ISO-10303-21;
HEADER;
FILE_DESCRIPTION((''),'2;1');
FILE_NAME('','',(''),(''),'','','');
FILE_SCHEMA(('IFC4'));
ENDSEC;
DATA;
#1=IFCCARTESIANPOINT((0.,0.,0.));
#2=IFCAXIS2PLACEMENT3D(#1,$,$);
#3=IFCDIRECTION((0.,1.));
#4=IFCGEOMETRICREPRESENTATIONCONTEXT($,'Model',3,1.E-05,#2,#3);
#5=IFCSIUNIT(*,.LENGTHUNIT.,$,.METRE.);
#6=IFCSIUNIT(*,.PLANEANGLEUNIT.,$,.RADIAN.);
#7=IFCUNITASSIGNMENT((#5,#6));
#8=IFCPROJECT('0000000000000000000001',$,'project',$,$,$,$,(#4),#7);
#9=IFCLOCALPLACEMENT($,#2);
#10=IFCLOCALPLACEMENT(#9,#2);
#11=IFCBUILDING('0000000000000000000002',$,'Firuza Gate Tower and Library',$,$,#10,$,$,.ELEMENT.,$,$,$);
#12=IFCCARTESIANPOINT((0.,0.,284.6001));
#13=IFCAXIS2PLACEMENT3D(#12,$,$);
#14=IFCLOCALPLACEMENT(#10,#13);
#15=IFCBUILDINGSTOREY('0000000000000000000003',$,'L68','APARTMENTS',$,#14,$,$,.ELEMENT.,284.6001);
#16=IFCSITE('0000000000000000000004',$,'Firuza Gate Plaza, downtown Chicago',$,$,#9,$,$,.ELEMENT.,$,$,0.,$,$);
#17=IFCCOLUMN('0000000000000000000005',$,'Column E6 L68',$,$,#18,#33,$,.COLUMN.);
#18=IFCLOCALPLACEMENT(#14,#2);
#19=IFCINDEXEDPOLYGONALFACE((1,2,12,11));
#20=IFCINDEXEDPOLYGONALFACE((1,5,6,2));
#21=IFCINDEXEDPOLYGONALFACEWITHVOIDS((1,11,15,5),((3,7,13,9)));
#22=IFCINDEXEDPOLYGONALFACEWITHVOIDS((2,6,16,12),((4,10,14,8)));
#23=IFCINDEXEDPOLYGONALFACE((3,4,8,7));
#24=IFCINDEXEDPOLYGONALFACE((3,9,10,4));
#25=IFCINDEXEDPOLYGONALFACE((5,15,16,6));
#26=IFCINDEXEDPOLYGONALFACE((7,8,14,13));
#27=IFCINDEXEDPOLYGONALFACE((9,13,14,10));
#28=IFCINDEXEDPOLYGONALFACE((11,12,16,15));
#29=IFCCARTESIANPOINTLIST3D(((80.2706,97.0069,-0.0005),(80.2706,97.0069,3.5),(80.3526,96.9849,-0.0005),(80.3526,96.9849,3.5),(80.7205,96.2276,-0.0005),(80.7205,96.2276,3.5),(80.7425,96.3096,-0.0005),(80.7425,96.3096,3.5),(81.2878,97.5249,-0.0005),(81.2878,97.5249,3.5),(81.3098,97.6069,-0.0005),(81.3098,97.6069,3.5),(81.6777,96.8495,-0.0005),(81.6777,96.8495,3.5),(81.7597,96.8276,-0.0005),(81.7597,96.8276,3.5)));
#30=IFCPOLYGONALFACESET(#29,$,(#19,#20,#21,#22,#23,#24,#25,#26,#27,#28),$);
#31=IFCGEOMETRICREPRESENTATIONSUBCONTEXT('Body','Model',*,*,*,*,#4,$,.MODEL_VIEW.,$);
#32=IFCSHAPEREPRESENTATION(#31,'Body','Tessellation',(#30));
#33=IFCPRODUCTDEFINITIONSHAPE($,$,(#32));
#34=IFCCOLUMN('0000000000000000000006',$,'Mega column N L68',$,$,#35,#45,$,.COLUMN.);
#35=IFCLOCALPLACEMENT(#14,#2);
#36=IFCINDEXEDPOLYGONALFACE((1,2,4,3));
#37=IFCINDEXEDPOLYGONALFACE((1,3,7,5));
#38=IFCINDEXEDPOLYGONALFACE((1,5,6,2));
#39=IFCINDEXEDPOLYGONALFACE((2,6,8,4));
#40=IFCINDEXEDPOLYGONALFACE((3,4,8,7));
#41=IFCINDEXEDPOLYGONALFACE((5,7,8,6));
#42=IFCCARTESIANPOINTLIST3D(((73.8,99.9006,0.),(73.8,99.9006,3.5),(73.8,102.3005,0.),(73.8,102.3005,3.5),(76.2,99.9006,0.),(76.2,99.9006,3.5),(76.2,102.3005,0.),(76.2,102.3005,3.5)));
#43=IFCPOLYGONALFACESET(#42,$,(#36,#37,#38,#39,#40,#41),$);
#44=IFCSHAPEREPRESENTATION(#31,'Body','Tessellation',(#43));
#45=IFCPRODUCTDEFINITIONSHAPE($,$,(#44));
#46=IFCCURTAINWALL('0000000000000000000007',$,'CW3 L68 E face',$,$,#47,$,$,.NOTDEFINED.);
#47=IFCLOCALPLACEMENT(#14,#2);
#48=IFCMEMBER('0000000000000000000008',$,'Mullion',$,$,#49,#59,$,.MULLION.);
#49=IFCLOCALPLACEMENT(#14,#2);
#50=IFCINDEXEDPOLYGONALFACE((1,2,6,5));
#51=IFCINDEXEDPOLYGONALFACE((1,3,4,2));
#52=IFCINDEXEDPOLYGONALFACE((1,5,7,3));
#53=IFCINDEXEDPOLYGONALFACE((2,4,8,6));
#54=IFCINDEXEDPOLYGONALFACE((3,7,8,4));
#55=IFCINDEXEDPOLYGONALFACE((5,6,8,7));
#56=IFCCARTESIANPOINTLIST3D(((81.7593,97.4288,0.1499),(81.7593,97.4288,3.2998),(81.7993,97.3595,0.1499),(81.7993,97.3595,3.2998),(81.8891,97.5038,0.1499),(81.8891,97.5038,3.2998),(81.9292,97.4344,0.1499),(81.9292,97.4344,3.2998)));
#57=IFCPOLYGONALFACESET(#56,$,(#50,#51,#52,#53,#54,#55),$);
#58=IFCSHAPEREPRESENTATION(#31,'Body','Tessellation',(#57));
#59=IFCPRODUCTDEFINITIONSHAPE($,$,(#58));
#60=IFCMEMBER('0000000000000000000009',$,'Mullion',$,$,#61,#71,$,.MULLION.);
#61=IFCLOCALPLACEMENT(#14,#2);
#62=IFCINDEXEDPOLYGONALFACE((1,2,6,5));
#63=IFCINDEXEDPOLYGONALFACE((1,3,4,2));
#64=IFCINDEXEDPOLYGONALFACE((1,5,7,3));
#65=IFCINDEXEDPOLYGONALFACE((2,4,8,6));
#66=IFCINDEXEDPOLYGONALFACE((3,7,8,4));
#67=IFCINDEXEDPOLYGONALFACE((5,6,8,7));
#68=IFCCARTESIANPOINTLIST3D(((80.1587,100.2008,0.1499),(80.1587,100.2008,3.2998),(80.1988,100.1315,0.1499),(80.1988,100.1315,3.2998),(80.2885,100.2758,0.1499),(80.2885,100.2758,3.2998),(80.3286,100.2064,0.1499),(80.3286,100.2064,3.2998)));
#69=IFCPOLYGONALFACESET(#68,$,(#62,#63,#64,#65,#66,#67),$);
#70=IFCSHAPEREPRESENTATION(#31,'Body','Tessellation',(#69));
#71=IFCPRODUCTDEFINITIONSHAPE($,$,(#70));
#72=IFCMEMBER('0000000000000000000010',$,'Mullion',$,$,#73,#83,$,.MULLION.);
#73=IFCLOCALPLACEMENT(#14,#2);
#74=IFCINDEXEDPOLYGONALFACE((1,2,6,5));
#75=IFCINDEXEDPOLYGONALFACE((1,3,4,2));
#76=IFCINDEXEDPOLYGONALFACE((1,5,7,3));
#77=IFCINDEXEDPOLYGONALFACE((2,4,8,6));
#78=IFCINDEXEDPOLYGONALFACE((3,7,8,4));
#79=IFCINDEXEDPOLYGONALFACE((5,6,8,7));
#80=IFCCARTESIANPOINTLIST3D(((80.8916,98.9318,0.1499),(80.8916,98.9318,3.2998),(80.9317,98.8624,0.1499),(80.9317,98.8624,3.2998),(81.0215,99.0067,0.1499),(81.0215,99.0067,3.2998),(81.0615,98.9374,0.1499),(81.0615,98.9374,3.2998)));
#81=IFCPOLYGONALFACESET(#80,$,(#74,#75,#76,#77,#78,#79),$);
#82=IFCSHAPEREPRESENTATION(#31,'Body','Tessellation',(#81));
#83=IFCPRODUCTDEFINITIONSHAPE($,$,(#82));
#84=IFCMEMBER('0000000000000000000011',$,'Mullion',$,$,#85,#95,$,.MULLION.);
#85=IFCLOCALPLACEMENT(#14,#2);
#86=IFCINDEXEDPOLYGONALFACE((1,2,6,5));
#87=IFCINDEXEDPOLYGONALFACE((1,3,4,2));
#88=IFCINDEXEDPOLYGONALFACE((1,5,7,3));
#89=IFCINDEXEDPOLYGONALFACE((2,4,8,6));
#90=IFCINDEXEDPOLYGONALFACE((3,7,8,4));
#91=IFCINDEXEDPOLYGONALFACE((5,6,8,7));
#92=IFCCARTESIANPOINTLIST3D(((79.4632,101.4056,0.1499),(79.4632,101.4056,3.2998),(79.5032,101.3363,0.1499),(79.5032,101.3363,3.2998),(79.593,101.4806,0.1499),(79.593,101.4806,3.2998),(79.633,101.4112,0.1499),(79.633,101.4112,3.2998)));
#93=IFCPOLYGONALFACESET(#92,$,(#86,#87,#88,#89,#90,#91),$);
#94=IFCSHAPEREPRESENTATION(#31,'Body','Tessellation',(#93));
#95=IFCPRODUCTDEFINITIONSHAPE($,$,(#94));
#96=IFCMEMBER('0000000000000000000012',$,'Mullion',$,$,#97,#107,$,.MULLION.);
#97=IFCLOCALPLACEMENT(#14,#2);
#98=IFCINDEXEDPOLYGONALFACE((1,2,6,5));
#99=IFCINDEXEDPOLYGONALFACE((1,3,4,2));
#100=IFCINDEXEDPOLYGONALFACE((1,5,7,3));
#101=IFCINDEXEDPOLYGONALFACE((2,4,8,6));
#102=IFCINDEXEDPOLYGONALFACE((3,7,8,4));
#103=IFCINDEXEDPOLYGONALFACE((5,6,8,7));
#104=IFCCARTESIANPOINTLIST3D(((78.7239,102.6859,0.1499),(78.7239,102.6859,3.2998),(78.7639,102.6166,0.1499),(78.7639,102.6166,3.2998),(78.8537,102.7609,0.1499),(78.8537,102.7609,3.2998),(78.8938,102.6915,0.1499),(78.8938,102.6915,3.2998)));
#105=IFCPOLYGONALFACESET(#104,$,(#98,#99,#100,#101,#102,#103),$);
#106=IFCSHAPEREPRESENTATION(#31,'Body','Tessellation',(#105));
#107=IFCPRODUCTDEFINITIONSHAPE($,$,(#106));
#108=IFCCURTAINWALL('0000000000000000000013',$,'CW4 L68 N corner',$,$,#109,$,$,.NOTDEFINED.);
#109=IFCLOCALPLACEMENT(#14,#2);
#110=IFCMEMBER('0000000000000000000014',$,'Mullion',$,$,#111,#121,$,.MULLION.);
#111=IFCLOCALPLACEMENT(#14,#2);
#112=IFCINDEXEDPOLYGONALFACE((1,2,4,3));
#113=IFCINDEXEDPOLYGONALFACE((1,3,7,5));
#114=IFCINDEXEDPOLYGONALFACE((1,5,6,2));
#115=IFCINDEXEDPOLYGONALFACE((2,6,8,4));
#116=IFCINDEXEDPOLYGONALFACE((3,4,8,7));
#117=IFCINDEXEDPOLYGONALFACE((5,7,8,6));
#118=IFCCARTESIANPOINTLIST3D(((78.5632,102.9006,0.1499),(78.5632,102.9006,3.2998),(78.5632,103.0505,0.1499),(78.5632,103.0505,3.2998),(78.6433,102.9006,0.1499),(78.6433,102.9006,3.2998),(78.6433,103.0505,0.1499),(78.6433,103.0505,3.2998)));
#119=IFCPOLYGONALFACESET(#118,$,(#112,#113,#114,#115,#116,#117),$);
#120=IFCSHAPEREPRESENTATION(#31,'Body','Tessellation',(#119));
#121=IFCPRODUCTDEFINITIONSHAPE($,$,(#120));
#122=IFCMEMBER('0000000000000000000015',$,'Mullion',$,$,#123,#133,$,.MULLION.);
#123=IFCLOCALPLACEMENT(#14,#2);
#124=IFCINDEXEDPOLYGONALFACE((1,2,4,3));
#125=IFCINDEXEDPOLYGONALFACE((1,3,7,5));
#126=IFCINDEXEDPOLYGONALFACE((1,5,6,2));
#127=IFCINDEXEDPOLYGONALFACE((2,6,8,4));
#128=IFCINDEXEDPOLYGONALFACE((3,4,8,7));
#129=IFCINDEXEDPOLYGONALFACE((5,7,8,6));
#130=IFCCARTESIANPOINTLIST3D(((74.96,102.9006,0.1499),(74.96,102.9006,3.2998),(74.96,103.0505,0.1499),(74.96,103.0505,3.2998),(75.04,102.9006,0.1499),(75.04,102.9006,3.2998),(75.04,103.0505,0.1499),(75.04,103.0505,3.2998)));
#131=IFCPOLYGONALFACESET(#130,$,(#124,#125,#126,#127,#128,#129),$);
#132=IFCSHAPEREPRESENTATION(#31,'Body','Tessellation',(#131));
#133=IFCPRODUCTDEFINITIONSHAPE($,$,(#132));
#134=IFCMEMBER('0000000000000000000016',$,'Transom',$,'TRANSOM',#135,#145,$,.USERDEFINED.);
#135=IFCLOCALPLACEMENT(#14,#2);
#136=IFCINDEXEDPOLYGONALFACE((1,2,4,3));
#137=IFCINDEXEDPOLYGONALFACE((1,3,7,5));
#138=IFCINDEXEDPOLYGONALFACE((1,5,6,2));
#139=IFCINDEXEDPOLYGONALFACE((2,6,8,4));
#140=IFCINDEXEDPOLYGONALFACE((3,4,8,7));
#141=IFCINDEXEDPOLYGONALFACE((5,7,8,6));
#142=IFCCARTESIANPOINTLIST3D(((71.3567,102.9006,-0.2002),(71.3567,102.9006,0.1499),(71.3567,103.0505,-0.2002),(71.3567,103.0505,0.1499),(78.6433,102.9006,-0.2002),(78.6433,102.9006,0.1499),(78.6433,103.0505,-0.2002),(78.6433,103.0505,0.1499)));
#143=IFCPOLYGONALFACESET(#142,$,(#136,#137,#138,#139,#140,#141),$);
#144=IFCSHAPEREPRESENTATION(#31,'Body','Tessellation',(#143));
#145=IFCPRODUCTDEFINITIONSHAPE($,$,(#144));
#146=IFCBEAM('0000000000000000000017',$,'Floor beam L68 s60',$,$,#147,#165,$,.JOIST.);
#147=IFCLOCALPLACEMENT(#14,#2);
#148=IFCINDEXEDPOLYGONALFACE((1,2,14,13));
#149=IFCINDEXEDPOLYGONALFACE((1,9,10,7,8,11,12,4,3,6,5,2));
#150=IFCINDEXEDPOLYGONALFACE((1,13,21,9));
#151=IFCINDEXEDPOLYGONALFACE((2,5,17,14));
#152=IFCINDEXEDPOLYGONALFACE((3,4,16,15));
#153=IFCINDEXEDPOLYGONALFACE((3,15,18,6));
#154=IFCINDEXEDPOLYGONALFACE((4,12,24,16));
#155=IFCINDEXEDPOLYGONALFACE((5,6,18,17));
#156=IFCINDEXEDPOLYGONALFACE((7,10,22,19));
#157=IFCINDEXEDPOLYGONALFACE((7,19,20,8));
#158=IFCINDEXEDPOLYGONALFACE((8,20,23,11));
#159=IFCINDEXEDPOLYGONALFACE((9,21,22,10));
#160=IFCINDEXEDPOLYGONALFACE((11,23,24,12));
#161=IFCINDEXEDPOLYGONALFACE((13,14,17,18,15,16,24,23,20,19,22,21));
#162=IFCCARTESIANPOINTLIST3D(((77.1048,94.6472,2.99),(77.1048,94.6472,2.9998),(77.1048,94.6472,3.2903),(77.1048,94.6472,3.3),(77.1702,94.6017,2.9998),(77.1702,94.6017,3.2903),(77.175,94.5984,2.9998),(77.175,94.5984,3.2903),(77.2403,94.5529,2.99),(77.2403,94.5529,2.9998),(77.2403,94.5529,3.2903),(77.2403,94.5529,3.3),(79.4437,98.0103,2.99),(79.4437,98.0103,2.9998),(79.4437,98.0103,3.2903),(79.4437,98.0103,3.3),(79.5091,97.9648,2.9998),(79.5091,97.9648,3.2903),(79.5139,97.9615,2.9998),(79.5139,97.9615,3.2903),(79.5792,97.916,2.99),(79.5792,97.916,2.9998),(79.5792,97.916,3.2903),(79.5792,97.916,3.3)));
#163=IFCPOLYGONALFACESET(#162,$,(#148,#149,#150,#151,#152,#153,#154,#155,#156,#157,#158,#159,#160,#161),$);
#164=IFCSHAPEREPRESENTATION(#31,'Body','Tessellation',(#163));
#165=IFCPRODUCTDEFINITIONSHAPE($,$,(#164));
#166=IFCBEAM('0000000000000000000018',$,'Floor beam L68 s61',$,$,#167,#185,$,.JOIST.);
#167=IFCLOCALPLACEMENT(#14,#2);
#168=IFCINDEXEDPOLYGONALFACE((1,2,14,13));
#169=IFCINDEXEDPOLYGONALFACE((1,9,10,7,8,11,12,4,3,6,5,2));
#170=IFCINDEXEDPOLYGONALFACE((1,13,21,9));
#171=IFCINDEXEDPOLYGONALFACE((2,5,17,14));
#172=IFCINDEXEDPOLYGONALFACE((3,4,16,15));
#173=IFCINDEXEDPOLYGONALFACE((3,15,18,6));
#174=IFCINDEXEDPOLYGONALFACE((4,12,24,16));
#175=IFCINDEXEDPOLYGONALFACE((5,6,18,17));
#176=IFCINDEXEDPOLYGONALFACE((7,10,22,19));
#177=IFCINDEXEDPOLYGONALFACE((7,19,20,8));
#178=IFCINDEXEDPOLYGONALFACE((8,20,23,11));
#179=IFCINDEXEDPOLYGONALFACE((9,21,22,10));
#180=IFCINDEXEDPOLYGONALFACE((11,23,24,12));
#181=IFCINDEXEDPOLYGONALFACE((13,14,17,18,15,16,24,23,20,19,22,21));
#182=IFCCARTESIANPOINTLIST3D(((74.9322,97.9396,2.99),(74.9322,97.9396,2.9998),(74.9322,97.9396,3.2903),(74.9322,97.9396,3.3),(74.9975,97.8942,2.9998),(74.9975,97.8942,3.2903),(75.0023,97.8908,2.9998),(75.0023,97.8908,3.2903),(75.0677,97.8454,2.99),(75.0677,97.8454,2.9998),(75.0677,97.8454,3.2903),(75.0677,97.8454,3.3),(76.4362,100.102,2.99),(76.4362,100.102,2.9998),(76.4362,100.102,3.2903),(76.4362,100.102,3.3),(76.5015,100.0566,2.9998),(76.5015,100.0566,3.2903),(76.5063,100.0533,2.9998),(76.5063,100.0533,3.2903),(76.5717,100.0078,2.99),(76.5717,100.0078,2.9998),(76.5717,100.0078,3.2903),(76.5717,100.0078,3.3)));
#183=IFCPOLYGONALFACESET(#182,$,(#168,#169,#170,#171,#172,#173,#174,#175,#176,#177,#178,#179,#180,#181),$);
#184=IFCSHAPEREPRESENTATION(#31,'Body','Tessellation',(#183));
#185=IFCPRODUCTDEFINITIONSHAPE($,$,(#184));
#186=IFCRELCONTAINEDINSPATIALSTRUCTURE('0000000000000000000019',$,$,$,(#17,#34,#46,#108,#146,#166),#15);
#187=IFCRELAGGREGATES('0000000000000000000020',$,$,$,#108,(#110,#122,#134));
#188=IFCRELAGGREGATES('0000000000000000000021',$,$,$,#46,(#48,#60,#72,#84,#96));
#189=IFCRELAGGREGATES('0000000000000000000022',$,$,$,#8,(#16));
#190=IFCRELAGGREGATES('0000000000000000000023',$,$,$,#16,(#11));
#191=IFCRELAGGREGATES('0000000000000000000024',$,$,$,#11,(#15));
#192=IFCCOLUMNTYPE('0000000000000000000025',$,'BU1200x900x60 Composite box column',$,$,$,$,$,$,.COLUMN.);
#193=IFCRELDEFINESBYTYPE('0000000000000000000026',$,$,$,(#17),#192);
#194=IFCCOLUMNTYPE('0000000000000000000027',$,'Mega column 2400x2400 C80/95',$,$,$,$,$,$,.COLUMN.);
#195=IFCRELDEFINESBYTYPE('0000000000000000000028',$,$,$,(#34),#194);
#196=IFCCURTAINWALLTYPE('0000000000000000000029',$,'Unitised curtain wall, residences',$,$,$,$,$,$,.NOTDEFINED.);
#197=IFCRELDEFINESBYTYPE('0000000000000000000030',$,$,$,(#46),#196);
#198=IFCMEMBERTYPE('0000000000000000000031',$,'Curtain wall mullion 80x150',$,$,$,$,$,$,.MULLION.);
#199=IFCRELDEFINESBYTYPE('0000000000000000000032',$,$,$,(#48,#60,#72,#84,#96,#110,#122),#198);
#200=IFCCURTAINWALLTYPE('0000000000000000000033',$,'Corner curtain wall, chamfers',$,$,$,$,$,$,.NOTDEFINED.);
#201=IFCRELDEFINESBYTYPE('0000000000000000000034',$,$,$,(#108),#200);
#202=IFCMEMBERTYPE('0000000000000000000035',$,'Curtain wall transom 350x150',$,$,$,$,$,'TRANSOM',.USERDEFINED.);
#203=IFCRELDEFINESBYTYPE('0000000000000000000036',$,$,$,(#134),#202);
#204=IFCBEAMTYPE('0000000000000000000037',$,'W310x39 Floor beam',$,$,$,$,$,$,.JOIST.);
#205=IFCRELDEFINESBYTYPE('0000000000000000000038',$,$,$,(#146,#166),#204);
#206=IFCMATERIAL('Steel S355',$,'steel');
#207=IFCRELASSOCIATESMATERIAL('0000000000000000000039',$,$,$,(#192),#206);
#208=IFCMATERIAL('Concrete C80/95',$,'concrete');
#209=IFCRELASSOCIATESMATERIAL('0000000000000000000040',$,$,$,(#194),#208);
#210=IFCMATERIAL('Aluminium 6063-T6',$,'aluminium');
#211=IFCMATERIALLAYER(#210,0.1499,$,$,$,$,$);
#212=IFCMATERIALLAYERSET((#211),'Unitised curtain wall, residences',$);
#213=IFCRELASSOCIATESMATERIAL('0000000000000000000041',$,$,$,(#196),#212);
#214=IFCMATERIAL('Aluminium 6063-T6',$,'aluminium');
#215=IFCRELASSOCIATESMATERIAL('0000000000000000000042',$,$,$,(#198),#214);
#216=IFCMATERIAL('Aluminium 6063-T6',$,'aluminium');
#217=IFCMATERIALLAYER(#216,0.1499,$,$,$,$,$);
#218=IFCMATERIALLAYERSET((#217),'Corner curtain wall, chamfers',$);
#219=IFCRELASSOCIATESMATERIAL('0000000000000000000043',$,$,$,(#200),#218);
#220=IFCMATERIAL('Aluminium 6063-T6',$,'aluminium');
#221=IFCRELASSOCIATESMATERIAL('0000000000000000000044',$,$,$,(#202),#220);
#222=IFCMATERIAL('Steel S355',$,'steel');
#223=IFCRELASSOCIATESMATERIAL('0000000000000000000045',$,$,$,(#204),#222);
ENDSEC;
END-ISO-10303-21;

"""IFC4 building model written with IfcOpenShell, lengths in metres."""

from ifc_helpers import new_model, si_unit, direction, frame, origin, origin_2d, place, context, subcontext, project, spatial, rectangle, hollow_rectangle, i_section, extrude, material, layer, layer_set, material_profile, profile_set, type_object, element, aggregate, save


model = new_model("IFC4")

# Units and contexts
model_context = context("Model", 3, precision=1e-05, world=origin(), true_north=direction((0.0, 1.0)))
body_context = subcontext(model_context, "Body", "Model", "MODEL_VIEW")
ifc_project = project(units=[si_unit("LENGTHUNIT", "METRE"), si_unit("PLANEANGLEUNIT", "RADIAN")], contexts=[model_context])

# Site, building, storey
site_placement = place(None, origin())
site = spatial("IfcSite", under=ifc_project, at=site_placement, Name="Firuza Gate Plaza, downtown Chicago", CompositionType="ELEMENT", RefElevation=0.0)
building_placement = place(site_placement, origin())
building = spatial("IfcBuilding", under=site, at=building_placement, Name="Firuza Gate Tower and Library", CompositionType="ELEMENT")
storey_placement = place(building_placement, frame((0.0, 0.0, 284.6001)))
storey = spatial("IfcBuildingStorey", under=building, at=storey_placement, Name="L68", Description="APARTMENTS", CompositionType="ELEMENT", Elevation=284.6001)

# Columns
ifc_material_1 = material(Name="Steel S355", Category="steel")
ifc_material_profile_1 = material_profile(ifc_material_1, hollow_rectangle(XDim=0.8999, YDim=1.2, WallThickness=0.0601, at=origin_2d()))
ifc_profile_set_1 = profile_set([ifc_material_profile_1], Name="Steel S355")
column_type_1 = type_object("IfcColumnType", Name="BU1200x900x60 Composite box column", PredefinedType="COLUMN", material=ifc_profile_set_1)
column_1_placement = place(storey_placement, frame((81.0151, 96.9172, -0.0005), z_axis=(0.0, 0.0, 1.0), x_axis=(-0.5, 0.866025, 0.0)))
element("IfcColumn", 1, at=column_1_placement, inside=storey, type_object=column_type_1, Name="Column E6 L68", PredefinedType="COLUMN", context=body_context, shape_type="SweptSolid", body=[
    extrude(hollow_rectangle(XDim=0.8999, YDim=1.2, WallThickness=0.0601, at=origin_2d()), origin(), (0.0, 0.0, 1.0), 3.5005),
])
ifc_material_2 = material(Name="Concrete C80/95", Category="concrete")
ifc_material_profile_2 = material_profile(ifc_material_2, rectangle(XDim=2.3999, YDim=2.3999, at=origin_2d()))
ifc_profile_set_2 = profile_set([ifc_material_profile_2], Name="Concrete C80/95")
column_type_2 = type_object("IfcColumnType", Name="Mega column 2400x2400 C80/95", PredefinedType="COLUMN", material=ifc_profile_set_2)
column_2_placement = place(storey_placement, frame((75.0, 101.1006, 0.0), z_axis=(0.0, 0.0, 1.0), x_axis=(-1.0, 0.0, 0.0)))
element("IfcColumn", 2, at=column_2_placement, inside=storey, type_object=column_type_2, Name="Mega column N L68", PredefinedType="COLUMN", context=body_context, shape_type="SweptSolid", body=[
    extrude(rectangle(XDim=2.3999, YDim=2.3999, at=origin_2d()), origin(), (0.0, 0.0, 1.0), 3.5),
])

# Curtain walls, members
ifc_material_3 = material(Name="Aluminium 6063-T6", Category="aluminium")
ifc_layer_1 = layer(ifc_material_3, 0.1499)
ifc_layer_set_1 = layer_set([ifc_layer_1], Name="Unitised curtain wall, residences")
curtain_wall_type_1 = type_object("IfcCurtainWallType", Name="Unitised curtain wall, residences", PredefinedType="NOTDEFINED", material=ifc_layer_set_1)
placement = place(storey_placement, origin())
curtain_wall_1 = element("IfcCurtainWall", 3, at=placement, inside=storey, type_object=curtain_wall_type_1, Name="CW3 L68 E face", PredefinedType="NOTDEFINED")
ifc_material_4 = material(Name="Aluminium 6063-T6", Category="aluminium")
ifc_material_profile_3 = material_profile(ifc_material_4, rectangle(XDim=0.1499, YDim=0.0801, at=origin_2d()))
ifc_profile_set_3 = profile_set([ifc_material_profile_3], Name="Aluminium 6063-T6")
member_type_1 = type_object("IfcMemberType", Name="Curtain wall mullion 80x150", PredefinedType="MULLION", material=ifc_profile_set_3)
member_1_placement = place(storey_placement, frame((81.8442, 97.4316, 0.1499), z_axis=(0.0, 0.0, 1.0), x_axis=(-0.866025, -0.5, 0.0)))
member_1 = element("IfcMember", 4, at=member_1_placement, type_object=member_type_1, Name="Mullion", PredefinedType="MULLION", context=body_context, shape_type="SweptSolid", body=[
    extrude(rectangle(XDim=0.1499, YDim=0.0801, at=origin_2d()), origin(), (0.0, 0.0, 1.0), 3.1499),
])
member_2_placement = place(storey_placement, frame((80.2437, 100.2036, 0.1499), z_axis=(0.0, 0.0, 1.0), x_axis=(-0.866025, -0.5, 0.0)))
member_2 = element("IfcMember", 5, at=member_2_placement, type_object=member_type_1, Name="Mullion", PredefinedType="MULLION", context=body_context, shape_type="SweptSolid", body=[
    extrude(rectangle(XDim=0.1499, YDim=0.0801, at=origin_2d()), origin(), (0.0, 0.0, 1.0), 3.1499),
])
member_3_placement = place(storey_placement, frame((80.9766, 98.9346, 0.1499), z_axis=(0.0, 0.0, 1.0), x_axis=(-0.866025, -0.5, 0.0)))
member_3 = element("IfcMember", 6, at=member_3_placement, type_object=member_type_1, Name="Mullion", PredefinedType="MULLION", context=body_context, shape_type="SweptSolid", body=[
    extrude(rectangle(XDim=0.1499, YDim=0.0801, at=origin_2d()), origin(), (0.0, 0.0, 1.0), 3.1499),
])
member_4_placement = place(storey_placement, frame((79.5481, 101.4084, 0.1499), z_axis=(0.0, 0.0, 1.0), x_axis=(-0.866025, -0.5, 0.0)))
member_4 = element("IfcMember", 7, at=member_4_placement, type_object=member_type_1, Name="Mullion", PredefinedType="MULLION", context=body_context, shape_type="SweptSolid", body=[
    extrude(rectangle(XDim=0.1499, YDim=0.0801, at=origin_2d()), origin(), (0.0, 0.0, 1.0), 3.1499),
])
member_5_placement = place(storey_placement, frame((78.8088, 102.6887, 0.1499), z_axis=(0.0, 0.0, 1.0), x_axis=(-0.866025, -0.5, 0.0)))
member_5 = element("IfcMember", 8, at=member_5_placement, type_object=member_type_1, Name="Mullion", PredefinedType="MULLION", context=body_context, shape_type="SweptSolid", body=[
    extrude(rectangle(XDim=0.1499, YDim=0.0801, at=origin_2d()), origin(), (0.0, 0.0, 1.0), 3.1499),
])
ifc_material_5 = material(Name="Aluminium 6063-T6", Category="aluminium")
ifc_layer_2 = layer(ifc_material_5, 0.1499)
ifc_layer_set_2 = layer_set([ifc_layer_2], Name="Corner curtain wall, chamfers")
curtain_wall_type_2 = type_object("IfcCurtainWallType", Name="Corner curtain wall, chamfers", PredefinedType="NOTDEFINED", material=ifc_layer_set_2)
curtain_wall_2 = element("IfcCurtainWall", 9, at=placement, inside=storey, type_object=curtain_wall_type_2, Name="CW4 L68 N corner", PredefinedType="NOTDEFINED")
member_6_placement = place(storey_placement, frame((78.6033, 102.9756, 0.1499), z_axis=(0.0, 0.0, 1.0), x_axis=(0.0, -1.0, 0.0)))
member_6 = element("IfcMember", 10, at=member_6_placement, type_object=member_type_1, Name="Mullion", PredefinedType="MULLION", context=body_context, shape_type="SweptSolid", body=[
    extrude(rectangle(XDim=0.1499, YDim=0.0801, at=origin_2d()), origin(), (0.0, 0.0, 1.0), 3.1499),
])
member_7_placement = place(storey_placement, frame((75.0, 102.9756, 0.1499), z_axis=(0.0, 0.0, 1.0), x_axis=(0.0, -1.0, 0.0)))
member_7 = element("IfcMember", 11, at=member_7_placement, type_object=member_type_1, Name="Mullion", PredefinedType="MULLION", context=body_context, shape_type="SweptSolid", body=[
    extrude(rectangle(XDim=0.1499, YDim=0.0801, at=origin_2d()), origin(), (0.0, 0.0, 1.0), 3.1499),
])
ifc_material_6 = material(Name="Aluminium 6063-T6", Category="aluminium")
ifc_material_profile_4 = material_profile(ifc_material_6, rectangle(XDim=0.1499, YDim=0.3501, at=origin_2d()))
ifc_profile_set_4 = profile_set([ifc_material_profile_4], Name="Aluminium 6063-T6")
member_type_2 = type_object("IfcMemberType", Name="Curtain wall transom 350x150", ElementType="TRANSOM", PredefinedType="USERDEFINED", material=ifc_profile_set_4)
member_8_placement = place(storey_placement, frame((78.6433, 102.9756, -0.0251), z_axis=(-1.0, 0.0, 0.0), x_axis=(0.0, -1.0, 0.0)))
member_8 = element("IfcMember", 12, at=member_8_placement, type_object=member_type_2, Name="Transom", ObjectType="TRANSOM", PredefinedType="USERDEFINED", context=body_context, shape_type="SweptSolid", body=[
    extrude(rectangle(XDim=0.1499, YDim=0.3501, at=origin_2d()), origin(), (0.0, 0.0, 1.0), 7.2866),
])

# Beams
ifc_material_7 = material(Name="Steel S355", Category="steel")
ifc_material_profile_5 = material_profile(ifc_material_7, i_section(OverallWidth=0.165, OverallDepth=0.3101, WebThickness=0.0059, FlangeThickness=0.0098, at=origin_2d()))
ifc_profile_set_5 = profile_set([ifc_material_profile_5], Name="Steel S355")
beam_type_1 = type_object("IfcBeamType", Name="W310x39 Floor beam", PredefinedType="JOIST", material=ifc_profile_set_5)
beam_1_placement = place(storey_placement, frame((79.5115, 97.9631, 3.145), z_axis=(-0.57096, -0.820978, 0.0), x_axis=(0.820978, -0.57096, 0.0)))
element("IfcBeam", 13, at=beam_1_placement, inside=storey, type_object=beam_type_1, Name="Floor beam L68 s60", PredefinedType="JOIST", context=body_context, shape_type="SweptSolid", body=[
    extrude(i_section(OverallWidth=0.165, OverallDepth=0.3101, WebThickness=0.0059, FlangeThickness=0.0098, at=origin_2d()), origin(), (0.0, 0.0, 1.0), 4.0964),
])
beam_2_placement = place(storey_placement, frame((76.5039, 100.0549, 3.145), z_axis=(-0.570978, -0.820966, 0.0), x_axis=(0.820966, -0.570978, 0.0)))
element("IfcBeam", 14, at=beam_2_placement, inside=storey, type_object=beam_type_1, Name="Floor beam L68 s61", PredefinedType="JOIST", context=body_context, shape_type="SweptSolid", body=[
    extrude(i_section(OverallWidth=0.165, OverallDepth=0.3101, WebThickness=0.0059, FlangeThickness=0.0098, at=origin_2d()), origin(), (0.0, 0.0, 1.0), 2.634),
])

aggregate(curtain_wall_2, [member_6, member_7, member_8])
aggregate(curtain_wall_1, [member_1, member_2, member_3, member_4, member_5])

save(model, "model.ifc")
